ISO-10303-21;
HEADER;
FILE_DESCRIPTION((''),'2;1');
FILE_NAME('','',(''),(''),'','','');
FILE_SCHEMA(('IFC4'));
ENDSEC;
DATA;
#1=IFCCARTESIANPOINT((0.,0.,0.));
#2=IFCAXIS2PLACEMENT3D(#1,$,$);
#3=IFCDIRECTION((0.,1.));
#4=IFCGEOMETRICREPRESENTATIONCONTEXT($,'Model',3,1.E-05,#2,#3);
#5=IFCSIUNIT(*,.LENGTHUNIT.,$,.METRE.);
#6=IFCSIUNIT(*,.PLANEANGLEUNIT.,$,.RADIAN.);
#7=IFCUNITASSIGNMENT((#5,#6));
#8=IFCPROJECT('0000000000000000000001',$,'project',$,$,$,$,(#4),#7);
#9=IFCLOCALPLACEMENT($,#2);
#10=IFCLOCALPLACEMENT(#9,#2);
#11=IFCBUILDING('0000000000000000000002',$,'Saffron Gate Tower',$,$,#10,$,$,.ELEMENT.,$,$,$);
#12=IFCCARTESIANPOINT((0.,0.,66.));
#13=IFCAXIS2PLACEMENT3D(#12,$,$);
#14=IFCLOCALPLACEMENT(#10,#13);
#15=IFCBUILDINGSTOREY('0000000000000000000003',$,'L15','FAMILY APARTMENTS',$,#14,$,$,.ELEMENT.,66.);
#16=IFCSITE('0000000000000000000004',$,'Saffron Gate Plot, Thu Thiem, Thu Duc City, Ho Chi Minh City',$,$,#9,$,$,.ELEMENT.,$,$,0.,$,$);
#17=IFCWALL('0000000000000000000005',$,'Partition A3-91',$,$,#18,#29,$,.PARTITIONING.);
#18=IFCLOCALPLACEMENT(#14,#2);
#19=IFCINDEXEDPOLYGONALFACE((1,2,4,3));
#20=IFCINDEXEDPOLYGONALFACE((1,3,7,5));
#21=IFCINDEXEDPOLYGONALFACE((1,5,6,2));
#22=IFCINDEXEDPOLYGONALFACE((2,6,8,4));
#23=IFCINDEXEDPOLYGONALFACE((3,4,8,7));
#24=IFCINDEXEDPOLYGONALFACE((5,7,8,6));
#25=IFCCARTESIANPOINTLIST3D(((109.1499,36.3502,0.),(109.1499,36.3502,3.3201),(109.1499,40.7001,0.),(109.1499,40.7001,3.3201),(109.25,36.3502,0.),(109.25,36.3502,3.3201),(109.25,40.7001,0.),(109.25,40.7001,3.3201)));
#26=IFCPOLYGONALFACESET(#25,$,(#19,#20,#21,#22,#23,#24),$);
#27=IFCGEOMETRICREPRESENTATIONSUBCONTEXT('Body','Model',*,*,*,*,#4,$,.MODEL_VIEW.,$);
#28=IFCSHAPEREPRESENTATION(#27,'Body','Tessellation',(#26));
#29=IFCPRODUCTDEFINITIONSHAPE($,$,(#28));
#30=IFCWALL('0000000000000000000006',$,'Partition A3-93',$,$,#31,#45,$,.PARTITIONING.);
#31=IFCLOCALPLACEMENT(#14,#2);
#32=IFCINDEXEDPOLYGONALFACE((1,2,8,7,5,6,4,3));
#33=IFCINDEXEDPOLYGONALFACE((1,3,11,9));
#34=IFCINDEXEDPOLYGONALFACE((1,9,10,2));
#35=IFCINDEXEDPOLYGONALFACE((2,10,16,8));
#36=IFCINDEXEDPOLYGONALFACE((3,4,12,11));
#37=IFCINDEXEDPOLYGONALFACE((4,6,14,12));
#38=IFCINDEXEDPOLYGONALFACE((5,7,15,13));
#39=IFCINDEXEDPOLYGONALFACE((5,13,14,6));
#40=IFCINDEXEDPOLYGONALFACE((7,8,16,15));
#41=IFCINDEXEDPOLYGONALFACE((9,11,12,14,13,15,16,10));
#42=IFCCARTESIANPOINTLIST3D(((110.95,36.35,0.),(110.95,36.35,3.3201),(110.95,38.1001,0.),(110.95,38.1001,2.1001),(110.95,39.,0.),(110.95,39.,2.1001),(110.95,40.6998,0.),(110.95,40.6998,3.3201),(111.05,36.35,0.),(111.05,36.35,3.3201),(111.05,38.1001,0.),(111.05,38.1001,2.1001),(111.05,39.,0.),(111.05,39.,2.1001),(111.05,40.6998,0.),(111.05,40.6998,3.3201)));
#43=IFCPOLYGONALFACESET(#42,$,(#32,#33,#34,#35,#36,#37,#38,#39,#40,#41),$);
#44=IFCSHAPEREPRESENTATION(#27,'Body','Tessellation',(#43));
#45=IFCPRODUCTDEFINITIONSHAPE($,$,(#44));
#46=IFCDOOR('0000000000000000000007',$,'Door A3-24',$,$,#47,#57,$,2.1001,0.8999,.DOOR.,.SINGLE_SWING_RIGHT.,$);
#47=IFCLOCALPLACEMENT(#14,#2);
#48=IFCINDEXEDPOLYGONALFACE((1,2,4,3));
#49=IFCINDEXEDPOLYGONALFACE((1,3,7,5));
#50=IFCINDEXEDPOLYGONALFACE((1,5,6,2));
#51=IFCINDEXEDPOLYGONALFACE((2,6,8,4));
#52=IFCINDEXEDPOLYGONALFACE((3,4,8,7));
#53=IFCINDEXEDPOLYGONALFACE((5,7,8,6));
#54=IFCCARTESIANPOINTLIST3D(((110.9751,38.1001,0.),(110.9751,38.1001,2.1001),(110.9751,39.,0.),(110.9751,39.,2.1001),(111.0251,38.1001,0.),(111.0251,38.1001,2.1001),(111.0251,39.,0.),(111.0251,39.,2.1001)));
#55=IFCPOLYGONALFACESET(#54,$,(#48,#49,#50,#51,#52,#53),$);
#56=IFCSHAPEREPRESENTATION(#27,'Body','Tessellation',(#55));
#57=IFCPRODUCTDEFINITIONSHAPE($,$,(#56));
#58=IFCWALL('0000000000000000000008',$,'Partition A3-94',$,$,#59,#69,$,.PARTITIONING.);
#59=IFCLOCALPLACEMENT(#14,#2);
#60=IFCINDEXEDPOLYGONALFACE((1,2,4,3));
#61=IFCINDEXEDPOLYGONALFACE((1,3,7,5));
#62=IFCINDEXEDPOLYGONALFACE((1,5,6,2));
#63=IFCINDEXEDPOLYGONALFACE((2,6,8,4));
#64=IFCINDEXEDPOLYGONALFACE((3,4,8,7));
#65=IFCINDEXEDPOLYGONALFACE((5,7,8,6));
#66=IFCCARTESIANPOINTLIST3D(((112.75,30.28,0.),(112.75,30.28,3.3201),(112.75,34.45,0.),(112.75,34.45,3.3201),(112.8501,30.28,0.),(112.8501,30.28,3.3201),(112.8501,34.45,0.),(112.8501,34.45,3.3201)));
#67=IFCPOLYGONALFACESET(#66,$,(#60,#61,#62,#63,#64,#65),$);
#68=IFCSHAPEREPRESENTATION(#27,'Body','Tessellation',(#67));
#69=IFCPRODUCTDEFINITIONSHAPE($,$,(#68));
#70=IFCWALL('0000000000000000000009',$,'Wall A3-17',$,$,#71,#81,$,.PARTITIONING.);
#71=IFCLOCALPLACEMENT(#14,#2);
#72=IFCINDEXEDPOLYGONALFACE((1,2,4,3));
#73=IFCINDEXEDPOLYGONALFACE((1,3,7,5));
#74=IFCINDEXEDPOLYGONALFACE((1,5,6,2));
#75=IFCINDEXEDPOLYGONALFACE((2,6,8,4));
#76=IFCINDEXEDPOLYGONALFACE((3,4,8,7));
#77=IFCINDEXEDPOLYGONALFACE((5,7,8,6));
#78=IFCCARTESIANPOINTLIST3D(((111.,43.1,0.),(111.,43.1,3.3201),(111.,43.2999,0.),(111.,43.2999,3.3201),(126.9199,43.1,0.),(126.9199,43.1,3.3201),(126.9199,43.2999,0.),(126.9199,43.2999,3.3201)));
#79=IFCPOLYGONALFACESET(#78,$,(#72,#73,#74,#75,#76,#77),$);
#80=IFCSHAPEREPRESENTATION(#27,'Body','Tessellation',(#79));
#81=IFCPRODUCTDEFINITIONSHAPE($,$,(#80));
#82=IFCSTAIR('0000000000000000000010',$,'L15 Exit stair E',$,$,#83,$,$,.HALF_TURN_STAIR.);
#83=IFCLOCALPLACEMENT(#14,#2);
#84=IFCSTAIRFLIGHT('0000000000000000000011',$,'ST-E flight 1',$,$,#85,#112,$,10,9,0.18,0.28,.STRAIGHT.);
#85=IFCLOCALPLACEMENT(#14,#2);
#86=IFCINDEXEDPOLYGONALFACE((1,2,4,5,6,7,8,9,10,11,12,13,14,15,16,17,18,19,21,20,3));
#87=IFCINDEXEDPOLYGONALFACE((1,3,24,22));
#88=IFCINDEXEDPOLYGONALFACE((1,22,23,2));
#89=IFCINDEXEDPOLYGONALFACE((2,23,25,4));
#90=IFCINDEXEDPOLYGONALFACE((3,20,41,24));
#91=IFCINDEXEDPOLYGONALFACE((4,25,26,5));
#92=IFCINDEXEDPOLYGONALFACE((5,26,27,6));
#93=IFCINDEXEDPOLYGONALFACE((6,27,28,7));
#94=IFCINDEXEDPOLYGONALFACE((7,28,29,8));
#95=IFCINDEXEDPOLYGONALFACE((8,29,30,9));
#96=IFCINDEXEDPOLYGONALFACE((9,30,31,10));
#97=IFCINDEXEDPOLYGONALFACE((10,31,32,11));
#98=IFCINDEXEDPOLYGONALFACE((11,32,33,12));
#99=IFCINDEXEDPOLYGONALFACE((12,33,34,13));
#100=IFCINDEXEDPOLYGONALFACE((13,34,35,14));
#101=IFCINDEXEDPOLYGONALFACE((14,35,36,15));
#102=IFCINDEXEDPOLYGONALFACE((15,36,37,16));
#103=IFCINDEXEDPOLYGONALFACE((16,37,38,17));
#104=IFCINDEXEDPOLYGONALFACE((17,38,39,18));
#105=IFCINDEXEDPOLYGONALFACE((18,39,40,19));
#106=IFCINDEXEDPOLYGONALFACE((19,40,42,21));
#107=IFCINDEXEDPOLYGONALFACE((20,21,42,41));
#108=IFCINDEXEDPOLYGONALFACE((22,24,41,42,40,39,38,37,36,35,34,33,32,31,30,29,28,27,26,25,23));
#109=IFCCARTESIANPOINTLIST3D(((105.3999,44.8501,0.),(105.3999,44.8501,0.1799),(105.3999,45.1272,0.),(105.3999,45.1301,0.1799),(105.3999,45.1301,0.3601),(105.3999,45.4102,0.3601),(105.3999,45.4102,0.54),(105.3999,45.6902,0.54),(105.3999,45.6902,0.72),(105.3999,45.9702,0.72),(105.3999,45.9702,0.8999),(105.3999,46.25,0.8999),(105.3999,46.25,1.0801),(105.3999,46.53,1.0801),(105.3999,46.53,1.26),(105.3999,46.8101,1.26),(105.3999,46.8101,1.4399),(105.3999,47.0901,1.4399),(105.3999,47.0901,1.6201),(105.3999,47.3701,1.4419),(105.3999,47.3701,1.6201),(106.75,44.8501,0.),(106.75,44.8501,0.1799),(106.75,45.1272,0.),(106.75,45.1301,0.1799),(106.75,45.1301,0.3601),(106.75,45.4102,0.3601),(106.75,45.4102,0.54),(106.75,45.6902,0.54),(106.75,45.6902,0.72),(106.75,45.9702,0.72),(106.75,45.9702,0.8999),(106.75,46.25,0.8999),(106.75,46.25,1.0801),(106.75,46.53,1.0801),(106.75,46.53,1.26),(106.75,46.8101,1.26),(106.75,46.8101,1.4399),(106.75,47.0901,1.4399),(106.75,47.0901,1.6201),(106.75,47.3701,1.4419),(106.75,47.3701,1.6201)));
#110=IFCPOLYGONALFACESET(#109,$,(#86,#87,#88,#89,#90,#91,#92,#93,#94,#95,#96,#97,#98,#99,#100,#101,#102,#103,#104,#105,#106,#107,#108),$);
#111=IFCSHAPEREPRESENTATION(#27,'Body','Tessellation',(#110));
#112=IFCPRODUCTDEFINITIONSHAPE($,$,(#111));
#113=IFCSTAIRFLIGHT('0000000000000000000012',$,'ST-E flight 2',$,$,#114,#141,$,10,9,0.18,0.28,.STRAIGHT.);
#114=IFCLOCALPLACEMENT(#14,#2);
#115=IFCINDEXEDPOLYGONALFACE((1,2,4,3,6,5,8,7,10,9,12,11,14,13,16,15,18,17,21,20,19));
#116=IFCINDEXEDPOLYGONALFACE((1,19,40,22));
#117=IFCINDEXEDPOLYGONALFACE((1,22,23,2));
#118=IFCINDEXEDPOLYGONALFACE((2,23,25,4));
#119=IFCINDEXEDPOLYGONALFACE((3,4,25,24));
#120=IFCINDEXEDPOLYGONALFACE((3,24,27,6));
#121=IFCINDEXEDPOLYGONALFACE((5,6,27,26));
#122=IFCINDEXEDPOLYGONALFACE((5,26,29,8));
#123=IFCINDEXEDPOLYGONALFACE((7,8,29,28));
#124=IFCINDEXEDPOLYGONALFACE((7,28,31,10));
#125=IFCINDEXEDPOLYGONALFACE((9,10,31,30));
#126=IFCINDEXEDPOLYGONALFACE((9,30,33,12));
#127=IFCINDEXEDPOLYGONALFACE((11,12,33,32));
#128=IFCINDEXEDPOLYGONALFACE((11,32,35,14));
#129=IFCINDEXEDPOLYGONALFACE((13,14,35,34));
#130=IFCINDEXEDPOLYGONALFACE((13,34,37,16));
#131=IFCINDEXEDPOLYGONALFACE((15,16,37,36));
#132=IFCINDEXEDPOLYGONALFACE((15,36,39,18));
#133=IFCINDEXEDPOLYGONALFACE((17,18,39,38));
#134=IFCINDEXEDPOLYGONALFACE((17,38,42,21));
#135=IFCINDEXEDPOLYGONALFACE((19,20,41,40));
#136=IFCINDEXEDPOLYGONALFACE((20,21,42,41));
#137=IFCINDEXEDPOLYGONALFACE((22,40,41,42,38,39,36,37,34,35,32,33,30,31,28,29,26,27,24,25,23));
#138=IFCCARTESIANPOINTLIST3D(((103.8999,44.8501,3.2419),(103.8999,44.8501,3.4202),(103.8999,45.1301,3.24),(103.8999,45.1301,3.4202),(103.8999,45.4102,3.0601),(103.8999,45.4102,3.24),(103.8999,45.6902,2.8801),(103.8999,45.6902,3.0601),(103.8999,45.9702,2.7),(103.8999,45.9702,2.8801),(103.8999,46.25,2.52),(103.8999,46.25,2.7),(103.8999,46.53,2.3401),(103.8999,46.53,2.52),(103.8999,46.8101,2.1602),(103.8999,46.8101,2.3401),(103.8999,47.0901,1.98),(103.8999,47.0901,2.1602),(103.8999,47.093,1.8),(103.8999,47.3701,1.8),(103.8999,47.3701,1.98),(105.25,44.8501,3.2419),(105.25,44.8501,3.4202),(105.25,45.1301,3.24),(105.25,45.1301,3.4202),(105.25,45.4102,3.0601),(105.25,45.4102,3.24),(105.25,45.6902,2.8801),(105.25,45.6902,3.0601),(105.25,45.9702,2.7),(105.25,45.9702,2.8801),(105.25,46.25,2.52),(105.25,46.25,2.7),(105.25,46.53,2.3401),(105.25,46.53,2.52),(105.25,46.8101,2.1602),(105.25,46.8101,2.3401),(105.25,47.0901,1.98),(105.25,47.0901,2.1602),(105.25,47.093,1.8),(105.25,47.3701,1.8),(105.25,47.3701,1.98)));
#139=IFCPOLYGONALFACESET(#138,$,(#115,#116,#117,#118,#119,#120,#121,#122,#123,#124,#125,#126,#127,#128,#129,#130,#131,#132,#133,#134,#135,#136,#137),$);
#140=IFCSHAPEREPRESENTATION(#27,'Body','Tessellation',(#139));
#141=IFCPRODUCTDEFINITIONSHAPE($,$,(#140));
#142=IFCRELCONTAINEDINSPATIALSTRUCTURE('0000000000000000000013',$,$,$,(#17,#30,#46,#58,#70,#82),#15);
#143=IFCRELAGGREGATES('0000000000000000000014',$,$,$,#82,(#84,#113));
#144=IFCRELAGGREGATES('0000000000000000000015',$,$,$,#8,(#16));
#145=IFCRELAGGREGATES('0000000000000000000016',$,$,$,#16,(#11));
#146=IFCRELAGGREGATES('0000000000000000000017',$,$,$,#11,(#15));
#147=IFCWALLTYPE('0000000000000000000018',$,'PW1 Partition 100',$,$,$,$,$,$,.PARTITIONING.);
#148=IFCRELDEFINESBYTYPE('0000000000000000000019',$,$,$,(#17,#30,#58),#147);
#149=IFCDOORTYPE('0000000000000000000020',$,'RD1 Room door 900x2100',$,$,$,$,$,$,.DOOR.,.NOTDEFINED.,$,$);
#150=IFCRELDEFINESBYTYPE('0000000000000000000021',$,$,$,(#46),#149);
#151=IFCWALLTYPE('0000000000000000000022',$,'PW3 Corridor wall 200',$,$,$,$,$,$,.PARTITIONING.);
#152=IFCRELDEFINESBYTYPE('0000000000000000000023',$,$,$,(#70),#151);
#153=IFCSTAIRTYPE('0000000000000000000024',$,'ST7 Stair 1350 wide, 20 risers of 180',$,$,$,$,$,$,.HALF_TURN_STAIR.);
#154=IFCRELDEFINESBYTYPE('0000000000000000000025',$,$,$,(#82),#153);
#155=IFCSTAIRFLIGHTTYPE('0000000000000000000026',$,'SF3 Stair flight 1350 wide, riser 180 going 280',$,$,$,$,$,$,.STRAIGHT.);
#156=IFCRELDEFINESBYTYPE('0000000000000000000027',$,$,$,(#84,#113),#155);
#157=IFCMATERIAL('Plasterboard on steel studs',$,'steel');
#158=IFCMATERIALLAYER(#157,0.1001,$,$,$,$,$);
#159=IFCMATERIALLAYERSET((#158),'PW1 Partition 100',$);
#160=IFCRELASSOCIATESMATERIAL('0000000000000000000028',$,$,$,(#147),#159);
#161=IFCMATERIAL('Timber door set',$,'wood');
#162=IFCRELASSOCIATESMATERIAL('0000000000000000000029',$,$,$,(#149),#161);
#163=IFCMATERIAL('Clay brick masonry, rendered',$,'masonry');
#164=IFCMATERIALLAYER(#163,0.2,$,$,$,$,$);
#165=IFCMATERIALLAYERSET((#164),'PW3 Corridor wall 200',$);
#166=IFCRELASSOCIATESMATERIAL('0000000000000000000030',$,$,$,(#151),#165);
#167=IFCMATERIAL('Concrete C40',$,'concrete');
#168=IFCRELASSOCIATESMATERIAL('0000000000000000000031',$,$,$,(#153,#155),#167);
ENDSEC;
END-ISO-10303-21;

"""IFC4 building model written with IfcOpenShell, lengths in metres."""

from ifc_helpers import new_model, si_unit, direction, frame, frame_2d, origin, place, context, subcontext, project, spatial, polyline, rectangle, outline, extrude, material, layer, layer_set, type_object, element, fill, aggregate, save


model = new_model("IFC4")

# Units and contexts
model_context = context("Model", 3, precision=1e-05, world=origin(), true_north=direction((0.0, 1.0)))
body_context = subcontext(model_context, "Body", "Model", "MODEL_VIEW")
ifc_project = project(units=[si_unit("LENGTHUNIT", "METRE"), si_unit("PLANEANGLEUNIT", "RADIAN")], contexts=[model_context])

# Site, building, storey
site_placement = place(None, origin())
site = spatial("IfcSite", under=ifc_project, at=site_placement, Name="Saffron Gate Plot, Thu Thiem, Thu Duc City, Ho Chi Minh City", CompositionType="ELEMENT", RefElevation=0.0)
building_placement = place(site_placement, origin())
building = spatial("IfcBuilding", under=site, at=building_placement, Name="Saffron Gate Tower", CompositionType="ELEMENT")
storey_placement = place(building_placement, frame((0.0, 0.0, 66.0)))
storey = spatial("IfcBuildingStorey", under=building, at=storey_placement, Name="L15", Description="FAMILY APARTMENTS", CompositionType="ELEMENT", Elevation=66.0)

# Shared definitions
ifc_material_1 = material(Name="Plasterboard on steel studs", Category="steel")
ifc_layer_1 = layer(ifc_material_1, 0.1001)
ifc_layer_set_1 = layer_set([ifc_layer_1], Name="PW1 Partition 100")
wall_type_1 = type_object("IfcWallType", Name="PW1 Partition 100", PredefinedType="PARTITIONING", material=ifc_layer_set_1)

# Shared definitions
ifc_material_2 = material(Name="Timber door set", Category="wood")
door_type = type_object("IfcDoorType", Name="RD1 Room door 900x2100", OperationType="NOTDEFINED", PredefinedType="DOOR", material=ifc_material_2)

# Wall
wall_1_placement = place(storey_placement, frame((109.2, 40.7, 0.0), z_axis=(0.0, 0.0, 1.0), x_axis=(0.0, -1.0, 0.0)))
element("IfcWall", 1, at=wall_1_placement, inside=storey, type_object=wall_type_1, Name="Partition A3-91", PredefinedType="PARTITIONING", context=body_context, shape_type="SweptSolid", body=[
    extrude(rectangle(XDim=4.3499, YDim=0.1001, at=frame_2d((2.1748, 0.0))), origin(), (0.0, 0.0, 1.0), 3.3201),
])

# Wall, opening, door
wall_2_placement = place(storey_placement, frame((111.0, 36.3501, 0.0), z_axis=(0.0, 0.0, 1.0), x_axis=(0.0, 1.0, 0.0)))
wall_2 = element("IfcWall", 2, at=wall_2_placement, inside=storey, type_object=wall_type_1, Name="Partition A3-93", PredefinedType="PARTITIONING", context=body_context, shape_type="SweptSolid", body=[
    extrude(rectangle(XDim=4.3499, YDim=0.1001, at=frame_2d((2.1748, 0.0))), origin(), (0.0, 0.0, 1.0), 3.3201),
])
opening_1_placement = place(wall_2_placement, frame((1.75, 0.0, 0.0)))
opening_1 = element("IfcOpeningElement", 3, at=opening_1_placement, cuts=wall_2, PredefinedType="OPENING", context=body_context, shape_type="SweptSolid", body=[
    extrude(rectangle(XDim=0.8999, YDim=2.1001, at=frame_2d((0.45, 1.05))), frame((0.0, 0.0601, 0.0), z_axis=(0.0, -1.0, 0.0), x_axis=(1.0, 0.0, 0.0)), (0.0, 0.0, 1.0), 0.1201),
])
door_1_placement = place(opening_1_placement, origin())
door_1 = element("IfcDoor", 4, at=door_1_placement, inside=storey, type_object=door_type, Name="Door A3-24", OperationType="SINGLE_SWING_RIGHT", OverallHeight=2.1001, OverallWidth=0.8999, PredefinedType="DOOR", context=body_context, shape_type="SweptSolid", body=[
    extrude(rectangle(XDim=0.8999, YDim=2.1001, at=frame_2d((0.45, 1.05))), frame((0.0, 0.0249, 0.0), z_axis=(0.0, -1.0, 0.0), x_axis=(1.0, 0.0, 0.0)), (0.0, 0.0, 1.0), 0.05),
])
fill(opening_1, door_1)

# Walls
wall_3_placement = place(storey_placement, frame((112.8, 34.45, 0.0), z_axis=(0.0, 0.0, 1.0), x_axis=(0.0, -1.0, 0.0)))
element("IfcWall", 5, at=wall_3_placement, inside=storey, type_object=wall_type_1, Name="Partition A3-94", PredefinedType="PARTITIONING", context=body_context, shape_type="SweptSolid", body=[
    extrude(rectangle(XDim=4.1699, YDim=0.1001, at=frame_2d((2.085, 0.0))), origin(), (0.0, 0.0, 1.0), 3.3201),
])
ifc_material_3 = material(Name="Clay brick masonry, rendered", Category="masonry")
ifc_layer_2 = layer(ifc_material_3, 0.2)
ifc_layer_set_2 = layer_set([ifc_layer_2], Name="PW3 Corridor wall 200")
wall_type_2 = type_object("IfcWallType", Name="PW3 Corridor wall 200", PredefinedType="PARTITIONING", material=ifc_layer_set_2)
wall_4_placement = place(storey_placement, frame((111.0, 43.2, 0.0), z_axis=(0.0, 0.0, 1.0), x_axis=(1.0, 0.0, 0.0)))
element("IfcWall", 6, at=wall_4_placement, inside=storey, type_object=wall_type_2, Name="Wall A3-17", PredefinedType="PARTITIONING", context=body_context, shape_type="SweptSolid", body=[
    extrude(rectangle(XDim=15.9199, YDim=0.2, at=frame_2d((7.96, 0.0))), origin(), (0.0, 0.0, 1.0), 3.3201),
])

# Stair, stair flights
ifc_material_4 = material(Name="Concrete C40", Category="concrete")
stair_type = type_object("IfcStairType", Name="ST7 Stair 1350 wide, 20 risers of 180", PredefinedType="HALF_TURN_STAIR", material=ifc_material_4)
stair_placement = place(storey_placement, origin())
stair = element("IfcStair", 7, at=stair_placement, inside=storey, type_object=stair_type, Name="L15 Exit stair E", PredefinedType="HALF_TURN_STAIR")
stair_flight_type = type_object("IfcStairFlightType", Name="SF3 Stair flight 1350 wide, riser 180 going 280", PredefinedType="STRAIGHT", material=ifc_material_4)
stair_flight_1_placement = place(storey_placement, frame((106.075, 44.8501, 0.0), z_axis=(0.0, 0.0, 1.0), x_axis=(0.0, 1.0, 0.0)))
stair_flight_1 = element("IfcStairFlight", 8, at=stair_flight_1_placement, type_object=stair_flight_type, Name="ST-E flight 1", NumberOfRisers=10, NumberOfTreads=9, PredefinedType="STRAIGHT", RiserHeight=0.18, TreadLength=0.28, context=body_context, shape_type="SweptSolid", body=[
    extrude(outline(polyline([(0.0, 0.0), (0.0, 0.1799), (0.28, 0.1799), (0.28, 0.3601), (0.5601, 0.3601), (0.5601, 0.54), (0.8401, 0.54), (0.8401, 0.72), (1.1201, 0.72), (1.1201, 0.8999), (1.3999, 0.8999), (1.3999, 1.0801), (1.6799, 1.0801), (1.6799, 1.26), (1.96, 1.26), (1.96, 1.4399), (2.24, 1.4399), (2.24, 1.6201), (2.52, 1.6201), (2.52, 1.8), (2.52, 1.4419), (0.2771, 0.0), (0.0, 0.0)])), frame((0.0, 0.675, 0.0), z_axis=(0.0, -1.0, 0.0), x_axis=(1.0, 0.0, 0.0)), (0.0, 0.0, 1.0), 1.3501),
])
stair_flight_2_placement = place(storey_placement, frame((104.575, 47.3701, 1.8), z_axis=(0.0, 0.0, 1.0), x_axis=(0.0, -1.0, 0.0)))
stair_flight_2 = element("IfcStairFlight", 9, at=stair_flight_2_placement, type_object=stair_flight_type, Name="ST-E flight 2", NumberOfRisers=10, NumberOfTreads=9, PredefinedType="STRAIGHT", RiserHeight=0.18, TreadLength=0.28, context=body_context, shape_type="SweptSolid", body=[
    extrude(outline(polyline([(0.0, 0.0), (0.0, 0.1799), (0.28, 0.1799), (0.28, 0.3601), (0.5601, 0.3601), (0.5601, 0.54), (0.8401, 0.54), (0.8401, 0.72), (1.1201, 0.72), (1.1201, 0.8999), (1.3999, 0.8999), (1.3999, 1.0801), (1.6799, 1.0801), (1.6799, 1.26), (1.96, 1.26), (1.96, 1.4399), (2.24, 1.4399), (2.24, 1.6201), (2.52, 1.6201), (2.52, 1.8), (2.52, 1.4419), (0.2771, 0.0), (0.0, 0.0)])), frame((0.0, 0.675, 0.0), z_axis=(0.0, -1.0, 0.0), x_axis=(1.0, 0.0, 0.0)), (0.0, 0.0, 1.0), 1.3501),
])
aggregate(stair, [stair_flight_1, stair_flight_2])

save(model, "model.ifc")
